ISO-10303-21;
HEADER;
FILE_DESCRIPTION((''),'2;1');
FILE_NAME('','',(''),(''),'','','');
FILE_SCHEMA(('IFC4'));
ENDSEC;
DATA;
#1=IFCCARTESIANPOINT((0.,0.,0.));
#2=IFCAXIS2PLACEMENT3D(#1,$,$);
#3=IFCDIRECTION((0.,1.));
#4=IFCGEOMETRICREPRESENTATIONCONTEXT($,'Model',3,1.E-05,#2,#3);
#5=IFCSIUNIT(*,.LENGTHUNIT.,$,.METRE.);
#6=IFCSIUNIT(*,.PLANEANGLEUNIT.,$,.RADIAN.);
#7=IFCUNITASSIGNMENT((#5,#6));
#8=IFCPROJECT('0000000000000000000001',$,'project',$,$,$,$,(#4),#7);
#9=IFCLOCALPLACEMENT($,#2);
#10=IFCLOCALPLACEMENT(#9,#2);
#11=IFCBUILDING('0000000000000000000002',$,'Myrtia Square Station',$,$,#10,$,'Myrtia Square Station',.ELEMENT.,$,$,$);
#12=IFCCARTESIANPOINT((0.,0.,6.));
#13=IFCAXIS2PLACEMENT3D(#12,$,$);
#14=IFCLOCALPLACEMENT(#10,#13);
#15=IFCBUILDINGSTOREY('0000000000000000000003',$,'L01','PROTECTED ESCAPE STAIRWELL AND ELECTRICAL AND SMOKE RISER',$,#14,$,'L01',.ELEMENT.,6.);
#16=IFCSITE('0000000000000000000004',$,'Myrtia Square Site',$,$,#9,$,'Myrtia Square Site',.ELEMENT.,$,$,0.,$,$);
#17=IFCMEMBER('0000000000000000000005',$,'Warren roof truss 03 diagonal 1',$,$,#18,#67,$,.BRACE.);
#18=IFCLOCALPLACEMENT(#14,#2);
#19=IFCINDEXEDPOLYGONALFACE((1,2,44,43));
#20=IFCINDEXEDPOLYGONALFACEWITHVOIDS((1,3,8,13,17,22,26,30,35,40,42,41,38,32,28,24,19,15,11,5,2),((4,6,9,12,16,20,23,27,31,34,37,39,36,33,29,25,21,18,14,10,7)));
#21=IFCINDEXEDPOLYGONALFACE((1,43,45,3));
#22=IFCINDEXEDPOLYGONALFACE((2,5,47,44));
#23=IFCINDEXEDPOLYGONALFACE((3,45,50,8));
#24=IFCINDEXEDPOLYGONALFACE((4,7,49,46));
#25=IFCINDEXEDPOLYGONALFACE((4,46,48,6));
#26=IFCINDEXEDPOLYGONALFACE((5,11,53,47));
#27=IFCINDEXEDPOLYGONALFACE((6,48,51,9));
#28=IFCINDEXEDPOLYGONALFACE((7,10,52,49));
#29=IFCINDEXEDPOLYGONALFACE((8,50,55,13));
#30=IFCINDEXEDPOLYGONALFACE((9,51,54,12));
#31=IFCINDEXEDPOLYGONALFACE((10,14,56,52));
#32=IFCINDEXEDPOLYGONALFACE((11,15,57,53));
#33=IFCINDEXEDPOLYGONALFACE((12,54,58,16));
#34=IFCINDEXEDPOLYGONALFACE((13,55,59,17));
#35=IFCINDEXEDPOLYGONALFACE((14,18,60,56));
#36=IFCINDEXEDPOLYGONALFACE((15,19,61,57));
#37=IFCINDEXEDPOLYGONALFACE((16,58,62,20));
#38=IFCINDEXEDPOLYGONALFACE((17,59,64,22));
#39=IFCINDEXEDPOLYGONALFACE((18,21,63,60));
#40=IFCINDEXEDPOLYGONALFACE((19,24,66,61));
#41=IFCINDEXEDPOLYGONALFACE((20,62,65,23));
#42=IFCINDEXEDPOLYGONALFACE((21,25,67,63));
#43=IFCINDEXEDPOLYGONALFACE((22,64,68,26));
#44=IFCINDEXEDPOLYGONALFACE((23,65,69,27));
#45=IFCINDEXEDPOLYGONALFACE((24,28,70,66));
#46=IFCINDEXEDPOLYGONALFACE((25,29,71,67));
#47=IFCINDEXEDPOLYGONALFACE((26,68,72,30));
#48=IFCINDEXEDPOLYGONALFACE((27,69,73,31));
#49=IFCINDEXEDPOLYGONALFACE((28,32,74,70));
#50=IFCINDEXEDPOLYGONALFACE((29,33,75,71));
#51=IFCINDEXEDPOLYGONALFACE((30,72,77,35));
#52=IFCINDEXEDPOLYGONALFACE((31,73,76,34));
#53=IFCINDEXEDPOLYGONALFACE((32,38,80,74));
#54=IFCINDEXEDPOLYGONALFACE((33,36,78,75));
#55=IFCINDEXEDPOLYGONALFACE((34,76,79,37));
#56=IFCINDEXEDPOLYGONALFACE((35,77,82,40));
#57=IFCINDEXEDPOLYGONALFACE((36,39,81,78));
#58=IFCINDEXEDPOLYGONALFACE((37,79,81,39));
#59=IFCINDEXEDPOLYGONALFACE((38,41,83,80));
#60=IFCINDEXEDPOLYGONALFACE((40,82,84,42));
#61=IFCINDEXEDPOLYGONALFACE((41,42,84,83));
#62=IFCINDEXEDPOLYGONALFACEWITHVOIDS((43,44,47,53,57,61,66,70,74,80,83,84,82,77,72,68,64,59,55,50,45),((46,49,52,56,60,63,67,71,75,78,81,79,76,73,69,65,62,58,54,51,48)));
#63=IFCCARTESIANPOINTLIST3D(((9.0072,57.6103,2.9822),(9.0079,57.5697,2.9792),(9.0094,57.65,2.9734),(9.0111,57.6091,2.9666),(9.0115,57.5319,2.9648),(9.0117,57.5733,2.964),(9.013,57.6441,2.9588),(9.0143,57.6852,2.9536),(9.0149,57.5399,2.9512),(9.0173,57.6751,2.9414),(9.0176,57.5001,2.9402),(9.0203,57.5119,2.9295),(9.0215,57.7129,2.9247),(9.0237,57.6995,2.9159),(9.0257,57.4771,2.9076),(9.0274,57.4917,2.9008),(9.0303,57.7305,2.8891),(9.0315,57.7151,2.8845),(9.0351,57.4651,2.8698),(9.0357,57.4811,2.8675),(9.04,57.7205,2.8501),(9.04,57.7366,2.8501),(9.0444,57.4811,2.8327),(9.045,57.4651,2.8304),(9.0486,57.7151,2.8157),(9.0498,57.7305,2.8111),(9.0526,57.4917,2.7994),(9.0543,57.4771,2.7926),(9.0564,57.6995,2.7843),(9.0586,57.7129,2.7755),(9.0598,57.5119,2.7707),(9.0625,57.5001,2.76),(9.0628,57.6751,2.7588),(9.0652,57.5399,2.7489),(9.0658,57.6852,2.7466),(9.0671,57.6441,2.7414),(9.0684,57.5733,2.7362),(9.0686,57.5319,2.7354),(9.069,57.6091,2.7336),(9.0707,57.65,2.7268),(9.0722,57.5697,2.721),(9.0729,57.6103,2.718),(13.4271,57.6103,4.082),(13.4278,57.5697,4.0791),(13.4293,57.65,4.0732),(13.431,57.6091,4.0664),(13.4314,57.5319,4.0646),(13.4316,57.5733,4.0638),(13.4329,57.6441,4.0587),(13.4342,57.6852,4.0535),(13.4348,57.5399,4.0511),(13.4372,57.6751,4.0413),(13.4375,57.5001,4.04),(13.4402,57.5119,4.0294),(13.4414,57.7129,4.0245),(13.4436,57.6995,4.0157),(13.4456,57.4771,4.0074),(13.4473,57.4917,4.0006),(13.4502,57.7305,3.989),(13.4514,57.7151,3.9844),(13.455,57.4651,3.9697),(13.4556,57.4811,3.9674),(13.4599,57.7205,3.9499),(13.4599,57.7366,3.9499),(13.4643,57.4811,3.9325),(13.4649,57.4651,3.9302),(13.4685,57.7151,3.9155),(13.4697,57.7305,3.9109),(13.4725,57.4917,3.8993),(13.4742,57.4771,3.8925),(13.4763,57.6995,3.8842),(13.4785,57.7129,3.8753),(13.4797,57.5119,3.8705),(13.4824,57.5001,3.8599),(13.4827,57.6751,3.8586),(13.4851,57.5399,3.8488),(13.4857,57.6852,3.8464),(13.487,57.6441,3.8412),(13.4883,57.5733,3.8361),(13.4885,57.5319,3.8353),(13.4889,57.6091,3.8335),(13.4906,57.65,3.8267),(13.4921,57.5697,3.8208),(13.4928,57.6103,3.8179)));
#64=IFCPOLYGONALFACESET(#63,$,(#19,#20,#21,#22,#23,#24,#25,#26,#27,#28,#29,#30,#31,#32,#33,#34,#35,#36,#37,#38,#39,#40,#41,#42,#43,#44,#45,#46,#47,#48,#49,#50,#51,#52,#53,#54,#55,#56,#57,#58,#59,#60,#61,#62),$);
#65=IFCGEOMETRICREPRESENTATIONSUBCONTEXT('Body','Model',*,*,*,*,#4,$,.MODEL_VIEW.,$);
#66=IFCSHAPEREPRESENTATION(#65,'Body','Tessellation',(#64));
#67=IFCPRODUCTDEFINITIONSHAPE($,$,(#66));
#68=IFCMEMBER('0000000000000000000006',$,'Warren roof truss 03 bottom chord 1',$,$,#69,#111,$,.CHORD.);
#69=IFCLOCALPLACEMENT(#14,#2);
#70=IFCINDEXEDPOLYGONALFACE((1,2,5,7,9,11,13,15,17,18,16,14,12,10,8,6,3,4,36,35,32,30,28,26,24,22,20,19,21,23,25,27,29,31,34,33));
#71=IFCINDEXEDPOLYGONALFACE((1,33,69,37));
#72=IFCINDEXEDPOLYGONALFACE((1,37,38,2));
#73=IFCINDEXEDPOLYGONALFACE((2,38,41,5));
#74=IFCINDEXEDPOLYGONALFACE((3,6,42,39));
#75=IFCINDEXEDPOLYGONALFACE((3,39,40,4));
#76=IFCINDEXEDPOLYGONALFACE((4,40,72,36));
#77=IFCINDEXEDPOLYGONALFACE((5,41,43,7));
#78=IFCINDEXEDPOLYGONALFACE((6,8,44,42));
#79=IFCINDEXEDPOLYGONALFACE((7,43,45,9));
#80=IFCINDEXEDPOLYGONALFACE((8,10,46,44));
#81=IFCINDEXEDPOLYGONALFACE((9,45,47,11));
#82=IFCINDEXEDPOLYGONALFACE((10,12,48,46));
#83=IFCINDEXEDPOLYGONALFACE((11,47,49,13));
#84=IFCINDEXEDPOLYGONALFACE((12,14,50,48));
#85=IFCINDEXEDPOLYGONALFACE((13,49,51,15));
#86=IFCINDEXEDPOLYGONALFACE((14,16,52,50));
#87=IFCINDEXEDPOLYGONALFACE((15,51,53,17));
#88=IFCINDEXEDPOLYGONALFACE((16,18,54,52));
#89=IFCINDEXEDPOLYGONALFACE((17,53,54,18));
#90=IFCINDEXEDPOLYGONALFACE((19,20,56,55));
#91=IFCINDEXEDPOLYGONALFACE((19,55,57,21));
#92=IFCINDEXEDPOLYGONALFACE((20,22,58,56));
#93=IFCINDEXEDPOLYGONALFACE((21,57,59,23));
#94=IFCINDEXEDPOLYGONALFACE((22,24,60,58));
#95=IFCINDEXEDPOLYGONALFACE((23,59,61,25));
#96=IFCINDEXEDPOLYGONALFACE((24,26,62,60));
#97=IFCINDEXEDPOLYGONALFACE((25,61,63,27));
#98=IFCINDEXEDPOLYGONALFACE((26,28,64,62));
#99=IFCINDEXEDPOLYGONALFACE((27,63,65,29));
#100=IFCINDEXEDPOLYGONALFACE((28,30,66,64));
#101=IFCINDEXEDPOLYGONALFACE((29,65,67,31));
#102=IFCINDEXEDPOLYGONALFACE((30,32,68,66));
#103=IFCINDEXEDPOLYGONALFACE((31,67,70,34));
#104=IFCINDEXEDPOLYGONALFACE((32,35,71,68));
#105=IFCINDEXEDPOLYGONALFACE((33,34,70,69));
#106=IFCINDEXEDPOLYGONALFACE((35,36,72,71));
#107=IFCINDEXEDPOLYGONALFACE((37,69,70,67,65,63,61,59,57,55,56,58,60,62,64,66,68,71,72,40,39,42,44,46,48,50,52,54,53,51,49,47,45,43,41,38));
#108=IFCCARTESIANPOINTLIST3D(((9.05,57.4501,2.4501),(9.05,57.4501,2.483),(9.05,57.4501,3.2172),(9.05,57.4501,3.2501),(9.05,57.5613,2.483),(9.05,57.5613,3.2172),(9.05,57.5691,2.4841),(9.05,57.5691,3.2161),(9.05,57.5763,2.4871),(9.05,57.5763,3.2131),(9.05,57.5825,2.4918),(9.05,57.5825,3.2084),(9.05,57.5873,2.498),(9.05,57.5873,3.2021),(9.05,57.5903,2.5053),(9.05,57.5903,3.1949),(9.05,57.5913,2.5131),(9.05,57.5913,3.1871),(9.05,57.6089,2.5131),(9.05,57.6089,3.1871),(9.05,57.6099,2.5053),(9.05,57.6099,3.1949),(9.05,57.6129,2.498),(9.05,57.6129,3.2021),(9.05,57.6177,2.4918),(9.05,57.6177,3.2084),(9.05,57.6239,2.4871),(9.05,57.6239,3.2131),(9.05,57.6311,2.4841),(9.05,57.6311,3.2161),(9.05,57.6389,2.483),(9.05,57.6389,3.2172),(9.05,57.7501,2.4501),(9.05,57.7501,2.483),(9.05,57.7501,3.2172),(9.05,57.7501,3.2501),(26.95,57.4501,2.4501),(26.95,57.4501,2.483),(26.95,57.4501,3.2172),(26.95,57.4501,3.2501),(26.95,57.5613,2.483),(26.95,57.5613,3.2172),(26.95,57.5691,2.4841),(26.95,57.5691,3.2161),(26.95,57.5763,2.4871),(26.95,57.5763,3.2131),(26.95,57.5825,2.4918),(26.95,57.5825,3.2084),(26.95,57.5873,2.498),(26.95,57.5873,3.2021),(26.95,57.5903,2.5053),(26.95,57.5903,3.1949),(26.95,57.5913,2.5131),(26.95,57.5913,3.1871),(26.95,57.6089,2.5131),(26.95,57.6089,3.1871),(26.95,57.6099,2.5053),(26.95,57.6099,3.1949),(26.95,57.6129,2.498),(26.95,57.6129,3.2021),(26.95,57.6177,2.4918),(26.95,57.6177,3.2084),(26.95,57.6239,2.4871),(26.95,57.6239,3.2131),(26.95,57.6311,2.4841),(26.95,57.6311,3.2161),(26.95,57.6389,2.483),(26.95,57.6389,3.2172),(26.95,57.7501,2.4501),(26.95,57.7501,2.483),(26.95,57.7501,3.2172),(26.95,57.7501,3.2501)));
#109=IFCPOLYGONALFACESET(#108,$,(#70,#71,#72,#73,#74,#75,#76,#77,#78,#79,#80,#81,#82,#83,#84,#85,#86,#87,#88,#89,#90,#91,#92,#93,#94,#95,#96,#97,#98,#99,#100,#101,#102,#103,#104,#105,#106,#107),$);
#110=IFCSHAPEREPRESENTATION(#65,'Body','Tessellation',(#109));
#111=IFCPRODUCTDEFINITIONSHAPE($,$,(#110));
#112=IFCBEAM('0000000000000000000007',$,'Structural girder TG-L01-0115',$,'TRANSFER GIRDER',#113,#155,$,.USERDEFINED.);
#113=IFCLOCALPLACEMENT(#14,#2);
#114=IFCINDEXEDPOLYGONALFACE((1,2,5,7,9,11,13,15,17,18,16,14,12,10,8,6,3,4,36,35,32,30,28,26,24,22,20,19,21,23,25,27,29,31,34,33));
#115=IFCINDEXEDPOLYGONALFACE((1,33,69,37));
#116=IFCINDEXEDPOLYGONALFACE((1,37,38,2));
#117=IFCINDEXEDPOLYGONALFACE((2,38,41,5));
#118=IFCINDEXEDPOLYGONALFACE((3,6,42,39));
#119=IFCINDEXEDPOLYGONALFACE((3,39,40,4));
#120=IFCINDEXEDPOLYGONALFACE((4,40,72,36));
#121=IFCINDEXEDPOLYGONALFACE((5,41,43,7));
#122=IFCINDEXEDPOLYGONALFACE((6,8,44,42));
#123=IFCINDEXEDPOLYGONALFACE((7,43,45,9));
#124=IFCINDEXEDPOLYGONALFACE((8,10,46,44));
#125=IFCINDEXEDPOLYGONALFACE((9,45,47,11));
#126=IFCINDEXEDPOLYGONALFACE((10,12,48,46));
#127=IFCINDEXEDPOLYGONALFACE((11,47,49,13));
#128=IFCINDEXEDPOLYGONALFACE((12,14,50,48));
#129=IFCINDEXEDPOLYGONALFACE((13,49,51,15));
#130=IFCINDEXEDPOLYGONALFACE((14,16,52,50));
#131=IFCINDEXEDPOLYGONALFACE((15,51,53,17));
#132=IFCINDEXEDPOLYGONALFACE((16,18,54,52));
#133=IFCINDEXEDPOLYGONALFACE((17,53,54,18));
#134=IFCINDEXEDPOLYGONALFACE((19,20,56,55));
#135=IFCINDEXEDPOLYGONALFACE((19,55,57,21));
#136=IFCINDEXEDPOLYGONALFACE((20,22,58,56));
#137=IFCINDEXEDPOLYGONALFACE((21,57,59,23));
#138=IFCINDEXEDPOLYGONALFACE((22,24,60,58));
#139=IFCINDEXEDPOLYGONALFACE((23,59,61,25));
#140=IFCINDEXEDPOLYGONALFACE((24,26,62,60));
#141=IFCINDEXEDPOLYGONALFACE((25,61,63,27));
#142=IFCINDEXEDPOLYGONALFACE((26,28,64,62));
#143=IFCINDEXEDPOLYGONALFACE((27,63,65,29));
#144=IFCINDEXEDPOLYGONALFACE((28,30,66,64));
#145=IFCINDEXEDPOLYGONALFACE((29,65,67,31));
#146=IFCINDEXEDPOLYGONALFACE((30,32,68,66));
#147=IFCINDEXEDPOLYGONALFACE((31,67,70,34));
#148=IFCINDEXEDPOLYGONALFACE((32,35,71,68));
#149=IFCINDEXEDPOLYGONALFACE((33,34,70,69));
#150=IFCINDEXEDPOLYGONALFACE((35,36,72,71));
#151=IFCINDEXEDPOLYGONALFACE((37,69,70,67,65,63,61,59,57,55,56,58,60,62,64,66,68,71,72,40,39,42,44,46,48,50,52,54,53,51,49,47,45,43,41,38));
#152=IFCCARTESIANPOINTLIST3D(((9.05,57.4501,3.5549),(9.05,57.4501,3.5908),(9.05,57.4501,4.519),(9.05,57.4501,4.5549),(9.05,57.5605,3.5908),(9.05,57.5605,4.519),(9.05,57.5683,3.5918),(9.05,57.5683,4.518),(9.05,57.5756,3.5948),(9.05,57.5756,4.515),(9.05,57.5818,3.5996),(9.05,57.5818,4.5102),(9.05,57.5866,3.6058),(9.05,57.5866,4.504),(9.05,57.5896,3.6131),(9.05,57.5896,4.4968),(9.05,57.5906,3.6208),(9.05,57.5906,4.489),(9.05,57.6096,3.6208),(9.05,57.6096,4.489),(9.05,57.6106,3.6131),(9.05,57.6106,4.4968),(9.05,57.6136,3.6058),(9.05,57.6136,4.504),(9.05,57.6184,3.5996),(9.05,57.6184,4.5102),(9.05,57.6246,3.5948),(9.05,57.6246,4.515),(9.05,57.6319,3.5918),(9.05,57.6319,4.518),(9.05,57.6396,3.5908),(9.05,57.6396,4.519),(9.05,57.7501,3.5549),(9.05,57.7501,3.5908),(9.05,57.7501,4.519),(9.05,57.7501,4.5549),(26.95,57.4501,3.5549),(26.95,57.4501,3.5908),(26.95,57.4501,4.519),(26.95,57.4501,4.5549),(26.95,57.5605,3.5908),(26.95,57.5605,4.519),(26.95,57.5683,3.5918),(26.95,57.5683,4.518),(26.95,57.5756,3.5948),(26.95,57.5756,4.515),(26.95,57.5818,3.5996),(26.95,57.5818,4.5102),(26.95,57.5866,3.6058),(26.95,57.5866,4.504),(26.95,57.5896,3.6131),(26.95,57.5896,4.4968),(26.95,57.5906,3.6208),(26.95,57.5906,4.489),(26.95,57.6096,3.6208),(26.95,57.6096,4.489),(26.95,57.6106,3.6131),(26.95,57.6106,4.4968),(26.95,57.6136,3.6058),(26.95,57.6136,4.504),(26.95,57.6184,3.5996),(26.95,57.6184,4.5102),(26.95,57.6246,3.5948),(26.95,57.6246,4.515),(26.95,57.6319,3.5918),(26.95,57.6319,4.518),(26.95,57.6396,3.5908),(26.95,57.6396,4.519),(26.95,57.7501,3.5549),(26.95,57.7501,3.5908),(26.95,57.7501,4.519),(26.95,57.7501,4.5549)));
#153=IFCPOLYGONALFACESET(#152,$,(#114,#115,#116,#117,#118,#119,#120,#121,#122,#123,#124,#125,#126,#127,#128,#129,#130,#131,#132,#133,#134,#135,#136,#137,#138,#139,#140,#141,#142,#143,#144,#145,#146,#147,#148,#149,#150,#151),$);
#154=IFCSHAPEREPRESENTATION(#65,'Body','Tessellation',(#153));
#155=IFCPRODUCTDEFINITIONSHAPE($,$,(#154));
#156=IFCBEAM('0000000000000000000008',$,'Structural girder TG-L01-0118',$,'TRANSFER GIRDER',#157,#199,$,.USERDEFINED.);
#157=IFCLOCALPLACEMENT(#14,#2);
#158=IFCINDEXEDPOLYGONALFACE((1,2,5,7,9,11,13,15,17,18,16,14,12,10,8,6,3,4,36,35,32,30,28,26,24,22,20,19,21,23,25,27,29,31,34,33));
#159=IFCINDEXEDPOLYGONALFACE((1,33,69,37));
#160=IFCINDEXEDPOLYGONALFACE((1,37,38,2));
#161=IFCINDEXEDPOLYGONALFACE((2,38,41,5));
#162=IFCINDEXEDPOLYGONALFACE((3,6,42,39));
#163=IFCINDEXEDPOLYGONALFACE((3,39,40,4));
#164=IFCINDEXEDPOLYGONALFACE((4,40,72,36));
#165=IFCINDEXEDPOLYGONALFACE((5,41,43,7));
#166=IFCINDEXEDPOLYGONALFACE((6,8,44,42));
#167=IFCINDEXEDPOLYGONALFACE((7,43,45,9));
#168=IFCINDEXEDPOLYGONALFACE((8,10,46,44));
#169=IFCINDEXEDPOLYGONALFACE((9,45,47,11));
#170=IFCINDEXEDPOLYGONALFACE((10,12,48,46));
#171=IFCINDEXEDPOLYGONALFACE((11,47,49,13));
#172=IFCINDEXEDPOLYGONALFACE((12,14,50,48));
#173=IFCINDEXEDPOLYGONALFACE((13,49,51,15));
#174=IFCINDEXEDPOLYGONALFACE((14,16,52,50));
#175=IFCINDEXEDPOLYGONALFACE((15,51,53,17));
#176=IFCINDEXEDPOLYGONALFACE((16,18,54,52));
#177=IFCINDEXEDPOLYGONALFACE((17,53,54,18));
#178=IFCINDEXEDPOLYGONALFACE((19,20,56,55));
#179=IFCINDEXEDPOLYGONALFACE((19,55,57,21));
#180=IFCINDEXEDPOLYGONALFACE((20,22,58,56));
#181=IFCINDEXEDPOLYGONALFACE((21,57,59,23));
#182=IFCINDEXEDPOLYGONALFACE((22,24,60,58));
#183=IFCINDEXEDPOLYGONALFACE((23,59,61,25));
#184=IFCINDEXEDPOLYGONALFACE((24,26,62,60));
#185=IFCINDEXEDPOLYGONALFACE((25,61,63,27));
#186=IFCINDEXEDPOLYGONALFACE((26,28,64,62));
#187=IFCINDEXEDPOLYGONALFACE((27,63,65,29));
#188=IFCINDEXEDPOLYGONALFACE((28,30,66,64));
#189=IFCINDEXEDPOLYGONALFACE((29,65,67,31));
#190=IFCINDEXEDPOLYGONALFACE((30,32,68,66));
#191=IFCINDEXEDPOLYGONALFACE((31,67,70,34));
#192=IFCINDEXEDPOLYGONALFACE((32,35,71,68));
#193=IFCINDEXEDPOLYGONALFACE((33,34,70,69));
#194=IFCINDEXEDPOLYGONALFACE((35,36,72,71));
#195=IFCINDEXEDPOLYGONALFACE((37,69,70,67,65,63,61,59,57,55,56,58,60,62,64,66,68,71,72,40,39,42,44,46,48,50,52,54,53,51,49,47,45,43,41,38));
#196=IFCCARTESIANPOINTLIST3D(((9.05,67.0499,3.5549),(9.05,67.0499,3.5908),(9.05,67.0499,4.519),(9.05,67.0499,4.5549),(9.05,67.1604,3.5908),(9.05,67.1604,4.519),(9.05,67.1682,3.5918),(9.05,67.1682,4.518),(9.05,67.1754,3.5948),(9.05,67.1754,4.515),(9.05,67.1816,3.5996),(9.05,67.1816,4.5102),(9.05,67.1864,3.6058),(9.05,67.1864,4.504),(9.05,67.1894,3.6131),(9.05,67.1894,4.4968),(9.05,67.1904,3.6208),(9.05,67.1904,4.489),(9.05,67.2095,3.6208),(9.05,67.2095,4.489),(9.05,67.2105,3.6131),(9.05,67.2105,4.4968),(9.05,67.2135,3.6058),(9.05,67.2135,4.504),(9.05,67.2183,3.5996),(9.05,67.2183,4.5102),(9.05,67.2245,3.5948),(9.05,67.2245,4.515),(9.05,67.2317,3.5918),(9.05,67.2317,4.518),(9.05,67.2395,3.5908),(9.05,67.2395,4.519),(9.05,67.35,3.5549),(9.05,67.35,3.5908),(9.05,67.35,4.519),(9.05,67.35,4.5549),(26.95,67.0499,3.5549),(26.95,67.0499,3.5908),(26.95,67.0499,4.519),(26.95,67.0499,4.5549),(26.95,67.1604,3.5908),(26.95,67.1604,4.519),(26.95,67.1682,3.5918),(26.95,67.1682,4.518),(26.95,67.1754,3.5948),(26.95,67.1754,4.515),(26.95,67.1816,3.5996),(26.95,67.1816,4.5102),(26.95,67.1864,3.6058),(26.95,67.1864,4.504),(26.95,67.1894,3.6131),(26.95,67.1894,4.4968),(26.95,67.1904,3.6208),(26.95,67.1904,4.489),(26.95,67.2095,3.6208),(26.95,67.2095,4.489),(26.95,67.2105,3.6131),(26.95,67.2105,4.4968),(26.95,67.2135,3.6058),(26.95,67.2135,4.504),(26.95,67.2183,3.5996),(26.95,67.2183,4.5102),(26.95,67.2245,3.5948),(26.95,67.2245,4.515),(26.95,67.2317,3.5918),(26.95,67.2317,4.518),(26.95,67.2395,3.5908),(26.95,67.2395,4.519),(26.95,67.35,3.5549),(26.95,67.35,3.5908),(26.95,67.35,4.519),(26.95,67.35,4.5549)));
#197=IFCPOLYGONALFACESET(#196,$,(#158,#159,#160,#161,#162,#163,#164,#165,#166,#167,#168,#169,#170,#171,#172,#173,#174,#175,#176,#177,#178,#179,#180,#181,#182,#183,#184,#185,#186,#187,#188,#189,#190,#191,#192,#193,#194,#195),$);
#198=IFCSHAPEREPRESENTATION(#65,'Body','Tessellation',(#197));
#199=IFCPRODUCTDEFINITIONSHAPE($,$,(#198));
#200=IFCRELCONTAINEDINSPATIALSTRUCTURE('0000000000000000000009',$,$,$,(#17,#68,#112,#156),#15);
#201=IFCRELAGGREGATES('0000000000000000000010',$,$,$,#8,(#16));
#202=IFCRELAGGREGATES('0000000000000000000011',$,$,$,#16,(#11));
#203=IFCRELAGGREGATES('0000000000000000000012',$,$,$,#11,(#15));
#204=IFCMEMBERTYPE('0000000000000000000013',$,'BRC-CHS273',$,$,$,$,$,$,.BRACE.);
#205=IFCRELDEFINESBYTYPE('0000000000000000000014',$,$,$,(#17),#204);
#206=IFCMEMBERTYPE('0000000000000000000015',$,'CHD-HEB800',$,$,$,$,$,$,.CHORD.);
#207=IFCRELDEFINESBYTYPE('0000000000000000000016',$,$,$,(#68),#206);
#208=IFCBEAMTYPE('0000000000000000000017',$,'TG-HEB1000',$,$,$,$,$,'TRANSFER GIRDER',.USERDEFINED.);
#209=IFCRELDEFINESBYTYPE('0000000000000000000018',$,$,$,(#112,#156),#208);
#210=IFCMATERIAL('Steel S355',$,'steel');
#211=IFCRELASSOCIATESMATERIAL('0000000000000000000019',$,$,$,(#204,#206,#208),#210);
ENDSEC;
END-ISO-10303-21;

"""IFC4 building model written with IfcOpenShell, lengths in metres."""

from ifc_helpers import new_model, si_unit, direction, frame, origin, origin_2d, place, context, subcontext, project, spatial, hollow_circle, i_section, extrude, material, material_profile, profile_set, type_object, element, save


model = new_model("IFC4")

# Units and contexts
model_context = context("Model", 3, precision=1e-05, world=origin(), true_north=direction((0.0, 1.0)))
body_context = subcontext(model_context, "Body", "Model", "MODEL_VIEW")
ifc_project = project(units=[si_unit("LENGTHUNIT", "METRE"), si_unit("PLANEANGLEUNIT", "RADIAN")], contexts=[model_context])

# Site, building, storey
site_placement = place(None, origin())
site = spatial("IfcSite", under=ifc_project, at=site_placement, Name="Myrtia Square Site", LongName="Myrtia Square Site", CompositionType="ELEMENT", RefElevation=0.0)
building_placement = place(site_placement, origin())
building = spatial("IfcBuilding", under=site, at=building_placement, Name="Myrtia Square Station", LongName="Myrtia Square Station", CompositionType="ELEMENT")
storey_placement = place(building_placement, frame((0.0, 0.0, 6.0)))
storey = spatial("IfcBuildingStorey", under=building, at=storey_placement, Name="L01", Description="PROTECTED ESCAPE STAIRWELL AND ELECTRICAL AND SMOKE RISER", LongName="L01", CompositionType="ELEMENT", Elevation=6.0)

# Shared definitions
ifc_material_1 = material(Name="Steel S355", Category="steel")

# Members
ifc_material_profile_1 = material_profile(ifc_material_1, hollow_circle(Radius=0.1365, WallThickness=0.0161, at=origin_2d()), Name="CHS 273x16")
ifc_profile_set_1 = profile_set([ifc_material_profile_1], Name="Steel S355")
member_type_1 = type_object("IfcMemberType", Name="BRC-CHS273", PredefinedType="BRACE", material=ifc_profile_set_1)
member_1_placement = place(storey_placement, frame((9.04, 57.6001, 2.8501), z_axis=(0.970407, 0.0, 0.241476), x_axis=(0.0, 1.0, 0.0)))
element("IfcMember", 1, at=member_1_placement, inside=storey, type_object=member_type_1, Name="Warren roof truss 03 diagonal 1", PredefinedType="BRACE", context=body_context, shape_type="SweptSolid", body=[
    extrude(hollow_circle(Radius=0.1365, WallThickness=0.0161, at=origin_2d()), origin(), (0.0, 0.0, 1.0), 4.5547),
])
ifc_material_profile_2 = material_profile(ifc_material_1, i_section(OverallWidth=0.3, OverallDepth=0.8, WebThickness=0.0176, FlangeThickness=0.033, FilletRadius=0.03, at=origin_2d()), Name="HEB 800")
ifc_profile_set_2 = profile_set([ifc_material_profile_2], Name="Steel S355")
member_type_2 = type_object("IfcMemberType", Name="CHD-HEB800", PredefinedType="CHORD", material=ifc_profile_set_2)
member_2_placement = place(storey_placement, frame((9.05, 57.6001, 2.8501), z_axis=(1.0, 0.0, 0.0), x_axis=(0.0, 1.0, 0.0)))
element("IfcMember", 2, at=member_2_placement, inside=storey, type_object=member_type_2, Name="Warren roof truss 03 bottom chord 1", PredefinedType="CHORD", context=body_context, shape_type="SweptSolid", body=[
    extrude(i_section(OverallWidth=0.3, OverallDepth=0.8, WebThickness=0.0176, FlangeThickness=0.033, FilletRadius=0.03, at=origin_2d()), origin(), (0.0, 0.0, 1.0), 17.8999),
])

# Beams
ifc_material_profile_3 = material_profile(ifc_material_1, i_section(OverallWidth=0.3, OverallDepth=1.0, WebThickness=0.019, FlangeThickness=0.0359, FilletRadius=0.03, at=origin_2d()), Name="HEB 1000")
ifc_profile_set_3 = profile_set([ifc_material_profile_3], Name="Steel S355")
beam_type_1 = type_object("IfcBeamType", Name="TG-HEB1000", ElementType="TRANSFER GIRDER", PredefinedType="USERDEFINED", material=ifc_profile_set_3)
for number, where, z_axis, x_axis, name in (
    (3, (9.05, 57.6001, 4.0549), (1.0, 0.0, 0.0), (0.0, 1.0, 0.0), "Structural girder TG-L01-0115"),
    (4, (9.05, 67.2, 4.0549), (1.0, 0.0, 0.0), (0.0, 1.0, 0.0), "Structural girder TG-L01-0118"),
):
    element("IfcBeam", number, at=place(storey_placement, frame(where, z_axis=z_axis, x_axis=x_axis)), inside=storey, type_object=beam_type_1, Name=name, ObjectType="TRANSFER GIRDER", PredefinedType="USERDEFINED", context=body_context, shape_type="SweptSolid", body=[
        extrude(i_section(OverallWidth=0.3, OverallDepth=1.0, WebThickness=0.019, FlangeThickness=0.0359, FilletRadius=0.03, at=origin_2d()), origin(), (0.0, 0.0, 1.0), 17.8999),
    ])

save(model, "model.ifc")
